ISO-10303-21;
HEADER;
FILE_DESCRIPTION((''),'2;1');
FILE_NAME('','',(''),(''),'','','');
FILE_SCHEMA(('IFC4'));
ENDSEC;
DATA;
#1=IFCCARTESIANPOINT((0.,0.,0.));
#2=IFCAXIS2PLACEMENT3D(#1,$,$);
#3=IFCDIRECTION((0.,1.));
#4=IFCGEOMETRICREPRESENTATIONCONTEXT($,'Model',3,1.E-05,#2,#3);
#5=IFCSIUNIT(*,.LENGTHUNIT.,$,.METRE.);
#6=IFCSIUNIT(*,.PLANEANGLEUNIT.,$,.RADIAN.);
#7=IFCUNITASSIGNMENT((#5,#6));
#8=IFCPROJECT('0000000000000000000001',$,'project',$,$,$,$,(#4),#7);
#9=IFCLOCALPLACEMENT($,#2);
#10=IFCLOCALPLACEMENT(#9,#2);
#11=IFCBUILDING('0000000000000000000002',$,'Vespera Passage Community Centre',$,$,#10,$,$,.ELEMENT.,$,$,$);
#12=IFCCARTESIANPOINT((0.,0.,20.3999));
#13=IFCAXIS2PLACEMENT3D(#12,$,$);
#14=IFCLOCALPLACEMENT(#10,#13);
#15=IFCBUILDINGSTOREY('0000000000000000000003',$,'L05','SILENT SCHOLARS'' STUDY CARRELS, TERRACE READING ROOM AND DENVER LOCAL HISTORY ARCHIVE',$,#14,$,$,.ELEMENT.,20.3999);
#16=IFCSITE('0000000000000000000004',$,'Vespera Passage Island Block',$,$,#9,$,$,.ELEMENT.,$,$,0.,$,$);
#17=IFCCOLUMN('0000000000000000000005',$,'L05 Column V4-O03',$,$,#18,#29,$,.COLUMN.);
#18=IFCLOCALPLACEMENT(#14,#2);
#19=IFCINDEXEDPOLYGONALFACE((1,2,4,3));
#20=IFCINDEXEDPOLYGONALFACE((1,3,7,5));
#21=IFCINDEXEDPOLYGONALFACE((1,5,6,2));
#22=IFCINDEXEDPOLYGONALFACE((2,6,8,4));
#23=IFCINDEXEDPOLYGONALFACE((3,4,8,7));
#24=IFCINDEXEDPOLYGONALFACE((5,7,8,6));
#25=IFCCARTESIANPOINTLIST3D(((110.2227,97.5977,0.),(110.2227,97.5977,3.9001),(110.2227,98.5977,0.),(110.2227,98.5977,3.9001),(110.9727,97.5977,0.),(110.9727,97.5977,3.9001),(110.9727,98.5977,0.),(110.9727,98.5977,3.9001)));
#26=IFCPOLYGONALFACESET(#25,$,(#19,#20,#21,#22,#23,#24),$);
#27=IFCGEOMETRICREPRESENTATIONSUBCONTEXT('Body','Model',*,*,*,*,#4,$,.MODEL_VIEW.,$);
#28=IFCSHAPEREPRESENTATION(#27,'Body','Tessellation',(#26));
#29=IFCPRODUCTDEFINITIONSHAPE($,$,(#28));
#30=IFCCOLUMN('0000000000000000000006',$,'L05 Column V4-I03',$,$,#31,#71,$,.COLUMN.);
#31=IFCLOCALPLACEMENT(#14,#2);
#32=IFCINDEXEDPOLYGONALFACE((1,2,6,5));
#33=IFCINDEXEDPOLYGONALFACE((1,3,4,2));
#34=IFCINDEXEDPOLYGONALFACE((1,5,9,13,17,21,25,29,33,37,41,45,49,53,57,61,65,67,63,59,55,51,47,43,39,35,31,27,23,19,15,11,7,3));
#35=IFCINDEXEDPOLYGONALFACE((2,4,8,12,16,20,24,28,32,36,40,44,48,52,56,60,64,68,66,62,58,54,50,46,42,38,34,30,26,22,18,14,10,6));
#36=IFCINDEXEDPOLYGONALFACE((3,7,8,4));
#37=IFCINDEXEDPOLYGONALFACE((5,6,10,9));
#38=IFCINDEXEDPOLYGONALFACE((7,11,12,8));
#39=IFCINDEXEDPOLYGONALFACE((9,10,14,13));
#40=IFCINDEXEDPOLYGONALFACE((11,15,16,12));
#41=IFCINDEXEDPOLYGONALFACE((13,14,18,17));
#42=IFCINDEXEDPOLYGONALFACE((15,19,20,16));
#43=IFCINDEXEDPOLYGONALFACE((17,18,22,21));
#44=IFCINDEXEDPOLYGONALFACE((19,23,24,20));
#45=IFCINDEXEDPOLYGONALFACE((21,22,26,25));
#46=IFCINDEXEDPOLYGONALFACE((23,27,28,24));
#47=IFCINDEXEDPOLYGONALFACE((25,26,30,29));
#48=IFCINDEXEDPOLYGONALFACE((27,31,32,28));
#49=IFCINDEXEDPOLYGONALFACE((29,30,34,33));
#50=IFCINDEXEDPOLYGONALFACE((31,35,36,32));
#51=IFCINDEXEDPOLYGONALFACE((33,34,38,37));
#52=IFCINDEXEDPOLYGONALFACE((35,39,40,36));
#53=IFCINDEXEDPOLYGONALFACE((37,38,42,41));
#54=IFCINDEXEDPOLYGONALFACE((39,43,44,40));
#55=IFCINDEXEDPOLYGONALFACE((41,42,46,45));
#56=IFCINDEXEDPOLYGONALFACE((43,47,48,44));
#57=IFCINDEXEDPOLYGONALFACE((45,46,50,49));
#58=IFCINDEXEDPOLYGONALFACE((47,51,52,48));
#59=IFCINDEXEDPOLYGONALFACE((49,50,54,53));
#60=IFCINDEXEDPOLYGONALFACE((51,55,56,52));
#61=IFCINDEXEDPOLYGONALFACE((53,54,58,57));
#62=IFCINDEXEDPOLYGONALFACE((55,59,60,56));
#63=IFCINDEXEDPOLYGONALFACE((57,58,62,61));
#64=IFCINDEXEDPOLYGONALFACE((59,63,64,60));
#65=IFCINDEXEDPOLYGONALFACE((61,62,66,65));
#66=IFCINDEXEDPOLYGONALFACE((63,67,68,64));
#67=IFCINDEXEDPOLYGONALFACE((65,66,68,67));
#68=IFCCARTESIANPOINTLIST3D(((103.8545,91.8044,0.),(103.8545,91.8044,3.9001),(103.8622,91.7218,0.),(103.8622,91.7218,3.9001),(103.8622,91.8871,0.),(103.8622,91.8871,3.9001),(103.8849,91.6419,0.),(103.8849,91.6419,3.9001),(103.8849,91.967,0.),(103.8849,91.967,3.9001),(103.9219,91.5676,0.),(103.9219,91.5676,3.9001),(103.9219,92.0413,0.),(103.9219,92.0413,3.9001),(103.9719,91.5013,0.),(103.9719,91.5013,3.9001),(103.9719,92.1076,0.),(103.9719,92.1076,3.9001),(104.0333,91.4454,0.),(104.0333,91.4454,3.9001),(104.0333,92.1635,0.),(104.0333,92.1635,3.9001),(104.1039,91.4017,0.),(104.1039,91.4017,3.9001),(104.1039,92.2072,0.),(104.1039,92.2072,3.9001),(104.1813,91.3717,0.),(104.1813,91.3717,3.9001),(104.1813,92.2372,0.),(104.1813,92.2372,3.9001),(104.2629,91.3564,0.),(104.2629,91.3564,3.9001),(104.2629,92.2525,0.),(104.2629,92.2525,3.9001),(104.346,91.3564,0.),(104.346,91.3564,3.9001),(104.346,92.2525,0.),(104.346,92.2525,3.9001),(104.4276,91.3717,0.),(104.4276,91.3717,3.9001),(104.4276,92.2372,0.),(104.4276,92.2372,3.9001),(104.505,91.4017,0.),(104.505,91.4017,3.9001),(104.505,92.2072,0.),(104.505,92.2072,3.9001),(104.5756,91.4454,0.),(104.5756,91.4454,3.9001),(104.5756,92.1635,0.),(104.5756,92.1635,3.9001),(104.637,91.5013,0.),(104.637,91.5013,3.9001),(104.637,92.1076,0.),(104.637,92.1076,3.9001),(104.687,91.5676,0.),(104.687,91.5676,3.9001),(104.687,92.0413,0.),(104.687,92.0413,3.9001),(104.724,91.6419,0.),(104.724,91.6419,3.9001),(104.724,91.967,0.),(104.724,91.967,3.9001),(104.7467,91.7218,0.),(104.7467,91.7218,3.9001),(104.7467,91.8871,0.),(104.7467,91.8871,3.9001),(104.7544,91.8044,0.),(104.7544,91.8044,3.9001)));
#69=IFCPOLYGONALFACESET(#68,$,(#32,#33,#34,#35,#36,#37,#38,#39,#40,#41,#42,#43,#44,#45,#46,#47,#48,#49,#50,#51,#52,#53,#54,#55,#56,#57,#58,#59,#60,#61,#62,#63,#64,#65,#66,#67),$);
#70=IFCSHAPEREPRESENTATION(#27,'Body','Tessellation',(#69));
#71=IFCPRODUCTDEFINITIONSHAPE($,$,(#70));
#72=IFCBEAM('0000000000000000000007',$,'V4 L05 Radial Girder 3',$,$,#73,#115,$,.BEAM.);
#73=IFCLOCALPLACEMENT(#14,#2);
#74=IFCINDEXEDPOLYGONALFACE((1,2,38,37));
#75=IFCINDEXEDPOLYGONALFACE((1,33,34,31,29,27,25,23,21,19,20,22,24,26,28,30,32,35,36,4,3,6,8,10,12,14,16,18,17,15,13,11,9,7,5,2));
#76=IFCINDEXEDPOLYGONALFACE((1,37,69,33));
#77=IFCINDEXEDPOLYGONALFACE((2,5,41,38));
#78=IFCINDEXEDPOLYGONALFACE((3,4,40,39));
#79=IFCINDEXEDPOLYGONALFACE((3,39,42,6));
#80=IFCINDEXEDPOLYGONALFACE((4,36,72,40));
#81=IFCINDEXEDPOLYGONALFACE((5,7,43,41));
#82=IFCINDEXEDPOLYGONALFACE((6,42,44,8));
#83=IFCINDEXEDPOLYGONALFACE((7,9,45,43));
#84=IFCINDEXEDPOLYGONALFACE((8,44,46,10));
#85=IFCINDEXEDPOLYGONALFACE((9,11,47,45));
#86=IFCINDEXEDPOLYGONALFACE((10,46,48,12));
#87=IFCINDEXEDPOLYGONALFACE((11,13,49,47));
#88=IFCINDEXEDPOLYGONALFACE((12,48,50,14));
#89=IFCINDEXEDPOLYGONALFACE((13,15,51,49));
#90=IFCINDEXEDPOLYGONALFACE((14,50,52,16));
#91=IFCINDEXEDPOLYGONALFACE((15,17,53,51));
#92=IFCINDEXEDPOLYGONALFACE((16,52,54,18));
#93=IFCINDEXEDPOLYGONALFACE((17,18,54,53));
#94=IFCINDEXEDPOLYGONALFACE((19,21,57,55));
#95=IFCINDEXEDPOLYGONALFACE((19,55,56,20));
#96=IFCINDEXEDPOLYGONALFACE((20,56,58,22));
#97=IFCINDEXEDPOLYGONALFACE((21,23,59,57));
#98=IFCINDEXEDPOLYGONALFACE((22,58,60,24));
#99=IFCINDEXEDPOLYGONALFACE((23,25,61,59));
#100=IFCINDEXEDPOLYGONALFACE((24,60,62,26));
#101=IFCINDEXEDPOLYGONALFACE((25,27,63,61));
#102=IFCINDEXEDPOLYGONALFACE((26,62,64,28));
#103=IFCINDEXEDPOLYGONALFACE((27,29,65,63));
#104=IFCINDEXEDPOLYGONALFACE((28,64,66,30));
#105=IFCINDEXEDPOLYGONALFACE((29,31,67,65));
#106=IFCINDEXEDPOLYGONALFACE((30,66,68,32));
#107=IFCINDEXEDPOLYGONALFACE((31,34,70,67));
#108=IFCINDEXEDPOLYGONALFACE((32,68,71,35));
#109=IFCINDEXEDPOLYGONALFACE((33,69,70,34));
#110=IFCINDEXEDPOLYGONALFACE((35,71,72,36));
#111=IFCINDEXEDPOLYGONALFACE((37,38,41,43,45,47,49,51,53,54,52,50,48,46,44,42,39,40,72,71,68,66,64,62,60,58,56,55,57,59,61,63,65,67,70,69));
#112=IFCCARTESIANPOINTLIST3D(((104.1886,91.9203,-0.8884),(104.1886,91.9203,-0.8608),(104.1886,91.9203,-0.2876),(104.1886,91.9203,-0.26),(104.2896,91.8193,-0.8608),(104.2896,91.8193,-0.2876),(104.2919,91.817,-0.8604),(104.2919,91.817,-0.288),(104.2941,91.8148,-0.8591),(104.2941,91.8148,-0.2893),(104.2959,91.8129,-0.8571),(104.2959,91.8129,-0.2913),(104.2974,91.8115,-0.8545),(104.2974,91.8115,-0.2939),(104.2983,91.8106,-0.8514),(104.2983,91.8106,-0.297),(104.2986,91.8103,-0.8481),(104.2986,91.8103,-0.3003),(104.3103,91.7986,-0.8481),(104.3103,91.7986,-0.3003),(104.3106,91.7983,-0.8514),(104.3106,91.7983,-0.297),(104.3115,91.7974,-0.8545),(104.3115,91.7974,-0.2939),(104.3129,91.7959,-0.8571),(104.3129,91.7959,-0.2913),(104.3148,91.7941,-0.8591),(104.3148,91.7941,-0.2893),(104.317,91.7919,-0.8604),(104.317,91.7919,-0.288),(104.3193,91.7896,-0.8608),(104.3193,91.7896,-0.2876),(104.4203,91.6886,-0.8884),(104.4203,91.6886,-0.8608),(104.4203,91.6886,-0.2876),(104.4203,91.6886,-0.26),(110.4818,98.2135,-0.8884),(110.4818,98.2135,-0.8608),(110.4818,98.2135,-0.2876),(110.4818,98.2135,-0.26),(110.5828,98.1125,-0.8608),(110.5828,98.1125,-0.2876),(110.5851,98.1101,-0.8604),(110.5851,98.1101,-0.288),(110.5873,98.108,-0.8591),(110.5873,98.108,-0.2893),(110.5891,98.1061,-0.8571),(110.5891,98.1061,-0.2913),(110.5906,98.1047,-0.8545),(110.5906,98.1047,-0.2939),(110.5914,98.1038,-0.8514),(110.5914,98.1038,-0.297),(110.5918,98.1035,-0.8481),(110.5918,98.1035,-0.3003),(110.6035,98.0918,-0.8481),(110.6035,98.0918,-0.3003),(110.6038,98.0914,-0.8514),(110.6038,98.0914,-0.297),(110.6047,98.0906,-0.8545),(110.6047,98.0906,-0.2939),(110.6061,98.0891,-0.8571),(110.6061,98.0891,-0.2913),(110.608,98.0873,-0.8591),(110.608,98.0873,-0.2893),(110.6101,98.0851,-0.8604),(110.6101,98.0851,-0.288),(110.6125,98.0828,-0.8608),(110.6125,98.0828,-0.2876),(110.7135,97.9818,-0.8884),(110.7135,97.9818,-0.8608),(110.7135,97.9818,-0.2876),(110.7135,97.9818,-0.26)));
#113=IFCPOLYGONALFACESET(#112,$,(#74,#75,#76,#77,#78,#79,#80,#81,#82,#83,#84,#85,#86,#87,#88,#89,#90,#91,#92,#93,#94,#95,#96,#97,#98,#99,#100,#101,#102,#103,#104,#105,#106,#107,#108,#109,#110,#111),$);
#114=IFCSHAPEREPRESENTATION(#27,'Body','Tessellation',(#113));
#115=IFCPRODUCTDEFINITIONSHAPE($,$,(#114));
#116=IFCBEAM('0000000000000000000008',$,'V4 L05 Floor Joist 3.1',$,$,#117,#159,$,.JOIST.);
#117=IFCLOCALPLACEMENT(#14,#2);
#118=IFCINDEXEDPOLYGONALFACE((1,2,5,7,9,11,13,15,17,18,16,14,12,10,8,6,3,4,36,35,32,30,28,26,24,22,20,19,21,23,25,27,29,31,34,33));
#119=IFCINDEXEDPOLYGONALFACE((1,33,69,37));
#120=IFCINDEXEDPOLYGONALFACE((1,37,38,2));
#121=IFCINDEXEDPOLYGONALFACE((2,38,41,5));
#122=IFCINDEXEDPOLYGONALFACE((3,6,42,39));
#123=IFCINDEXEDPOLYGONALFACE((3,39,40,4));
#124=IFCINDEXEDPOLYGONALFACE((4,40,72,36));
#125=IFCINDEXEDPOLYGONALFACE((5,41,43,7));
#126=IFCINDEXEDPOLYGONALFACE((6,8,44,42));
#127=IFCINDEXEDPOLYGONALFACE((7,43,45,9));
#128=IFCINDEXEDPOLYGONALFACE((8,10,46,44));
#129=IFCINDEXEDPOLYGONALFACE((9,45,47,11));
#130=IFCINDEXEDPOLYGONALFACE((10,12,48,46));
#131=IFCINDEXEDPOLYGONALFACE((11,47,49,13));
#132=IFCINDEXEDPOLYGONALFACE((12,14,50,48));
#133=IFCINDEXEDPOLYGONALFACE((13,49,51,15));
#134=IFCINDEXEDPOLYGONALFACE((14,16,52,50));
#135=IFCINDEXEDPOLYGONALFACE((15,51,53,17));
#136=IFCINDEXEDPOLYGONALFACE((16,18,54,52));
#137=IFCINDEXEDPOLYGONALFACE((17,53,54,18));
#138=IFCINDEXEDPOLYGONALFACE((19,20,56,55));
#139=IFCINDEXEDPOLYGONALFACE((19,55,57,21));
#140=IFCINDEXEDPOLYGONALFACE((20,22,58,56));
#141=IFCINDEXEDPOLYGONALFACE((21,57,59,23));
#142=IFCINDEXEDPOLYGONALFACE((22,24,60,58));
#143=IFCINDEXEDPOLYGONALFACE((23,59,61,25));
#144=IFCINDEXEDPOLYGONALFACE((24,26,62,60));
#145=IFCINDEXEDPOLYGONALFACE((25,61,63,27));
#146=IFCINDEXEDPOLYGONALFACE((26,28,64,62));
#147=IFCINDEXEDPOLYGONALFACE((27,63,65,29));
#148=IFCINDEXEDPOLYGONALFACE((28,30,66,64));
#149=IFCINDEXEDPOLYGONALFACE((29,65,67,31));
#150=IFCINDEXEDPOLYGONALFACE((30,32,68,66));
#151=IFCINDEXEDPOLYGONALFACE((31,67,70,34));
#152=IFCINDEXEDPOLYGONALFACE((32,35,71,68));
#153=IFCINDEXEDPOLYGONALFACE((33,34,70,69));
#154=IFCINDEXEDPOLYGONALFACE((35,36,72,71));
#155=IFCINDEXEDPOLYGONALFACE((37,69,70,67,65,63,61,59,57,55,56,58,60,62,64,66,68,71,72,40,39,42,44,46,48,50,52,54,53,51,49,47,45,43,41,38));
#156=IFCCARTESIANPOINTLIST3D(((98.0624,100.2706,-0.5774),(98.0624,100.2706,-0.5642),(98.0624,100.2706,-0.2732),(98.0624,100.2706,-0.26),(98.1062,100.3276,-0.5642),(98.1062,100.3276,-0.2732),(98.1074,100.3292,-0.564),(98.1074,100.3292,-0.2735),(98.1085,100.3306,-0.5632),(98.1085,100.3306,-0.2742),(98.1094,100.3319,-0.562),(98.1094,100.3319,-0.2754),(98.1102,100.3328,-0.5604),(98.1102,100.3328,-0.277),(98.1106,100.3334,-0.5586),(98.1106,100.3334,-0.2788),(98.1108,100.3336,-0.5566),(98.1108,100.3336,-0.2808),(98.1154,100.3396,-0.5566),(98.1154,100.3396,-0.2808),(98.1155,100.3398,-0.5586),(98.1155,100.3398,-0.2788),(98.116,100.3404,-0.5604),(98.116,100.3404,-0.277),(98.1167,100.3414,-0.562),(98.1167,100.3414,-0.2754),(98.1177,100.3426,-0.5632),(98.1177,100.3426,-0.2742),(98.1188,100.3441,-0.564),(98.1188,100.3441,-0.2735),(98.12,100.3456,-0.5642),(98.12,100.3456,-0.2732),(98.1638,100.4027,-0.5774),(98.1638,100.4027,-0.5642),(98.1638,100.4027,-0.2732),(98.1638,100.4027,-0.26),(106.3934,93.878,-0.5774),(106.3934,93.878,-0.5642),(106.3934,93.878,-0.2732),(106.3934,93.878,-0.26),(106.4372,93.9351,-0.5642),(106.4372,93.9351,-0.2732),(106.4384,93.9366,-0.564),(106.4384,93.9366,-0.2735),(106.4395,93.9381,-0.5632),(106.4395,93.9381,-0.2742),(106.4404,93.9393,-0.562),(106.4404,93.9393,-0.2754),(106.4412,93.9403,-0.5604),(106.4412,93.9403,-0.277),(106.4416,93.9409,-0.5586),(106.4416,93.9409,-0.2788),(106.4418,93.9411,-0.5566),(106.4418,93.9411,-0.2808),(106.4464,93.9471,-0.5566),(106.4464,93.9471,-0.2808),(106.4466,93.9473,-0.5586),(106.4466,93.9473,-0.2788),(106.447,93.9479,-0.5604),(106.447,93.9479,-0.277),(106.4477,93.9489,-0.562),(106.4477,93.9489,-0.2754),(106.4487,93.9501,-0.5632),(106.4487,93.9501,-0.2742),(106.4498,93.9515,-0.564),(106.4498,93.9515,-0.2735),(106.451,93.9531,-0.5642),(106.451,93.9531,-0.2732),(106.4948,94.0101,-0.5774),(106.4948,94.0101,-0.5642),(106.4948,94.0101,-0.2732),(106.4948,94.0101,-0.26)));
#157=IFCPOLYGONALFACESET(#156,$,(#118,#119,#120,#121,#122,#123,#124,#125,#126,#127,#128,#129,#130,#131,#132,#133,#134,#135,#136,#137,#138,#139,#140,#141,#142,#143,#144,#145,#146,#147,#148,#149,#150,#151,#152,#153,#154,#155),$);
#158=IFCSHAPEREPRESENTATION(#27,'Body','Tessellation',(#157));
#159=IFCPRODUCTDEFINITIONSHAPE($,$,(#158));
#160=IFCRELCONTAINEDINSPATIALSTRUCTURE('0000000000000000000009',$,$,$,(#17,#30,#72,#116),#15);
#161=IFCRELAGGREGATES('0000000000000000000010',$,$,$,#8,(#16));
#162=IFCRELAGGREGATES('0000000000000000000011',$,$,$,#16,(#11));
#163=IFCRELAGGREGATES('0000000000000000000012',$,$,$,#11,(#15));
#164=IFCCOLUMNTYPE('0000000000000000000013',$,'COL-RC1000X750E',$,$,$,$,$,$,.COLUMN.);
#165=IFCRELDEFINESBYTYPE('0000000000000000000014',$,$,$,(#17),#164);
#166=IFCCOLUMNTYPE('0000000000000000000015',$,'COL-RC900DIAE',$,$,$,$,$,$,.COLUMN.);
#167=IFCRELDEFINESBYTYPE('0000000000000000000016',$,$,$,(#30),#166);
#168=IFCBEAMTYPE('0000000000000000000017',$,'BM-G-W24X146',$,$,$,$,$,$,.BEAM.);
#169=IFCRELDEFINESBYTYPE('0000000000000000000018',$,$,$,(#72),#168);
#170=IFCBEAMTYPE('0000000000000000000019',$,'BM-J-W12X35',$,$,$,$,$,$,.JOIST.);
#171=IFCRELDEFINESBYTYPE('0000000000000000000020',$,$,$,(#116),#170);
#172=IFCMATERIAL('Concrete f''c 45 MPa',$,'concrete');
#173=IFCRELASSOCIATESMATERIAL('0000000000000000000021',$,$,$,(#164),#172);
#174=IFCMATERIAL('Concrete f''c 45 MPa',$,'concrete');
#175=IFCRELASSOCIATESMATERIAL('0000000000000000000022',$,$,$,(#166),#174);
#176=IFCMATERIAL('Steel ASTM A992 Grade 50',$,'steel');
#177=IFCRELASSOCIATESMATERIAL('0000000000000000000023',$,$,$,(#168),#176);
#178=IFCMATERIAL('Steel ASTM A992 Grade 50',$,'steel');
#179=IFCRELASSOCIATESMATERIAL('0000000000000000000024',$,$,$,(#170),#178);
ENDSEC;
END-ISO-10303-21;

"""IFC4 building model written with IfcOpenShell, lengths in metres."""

from ifc_helpers import new_model, si_unit, direction, frame, origin, origin_2d, place, context, subcontext, project, spatial, rectangle, circle, i_section, extrude, material, material_profile, profile_set, type_object, element, save


model = new_model("IFC4")

# Units and contexts
model_context = context("Model", 3, precision=1e-05, world=origin(), true_north=direction((0.0, 1.0)))
body_context = subcontext(model_context, "Body", "Model", "MODEL_VIEW")
ifc_project = project(units=[si_unit("LENGTHUNIT", "METRE"), si_unit("PLANEANGLEUNIT", "RADIAN")], contexts=[model_context])

# Site, building, storey
site_placement = place(None, origin())
site = spatial("IfcSite", under=ifc_project, at=site_placement, Name="Vespera Passage Island Block", CompositionType="ELEMENT", RefElevation=0.0)
building_placement = place(site_placement, origin())
building = spatial("IfcBuilding", under=site, at=building_placement, Name="Vespera Passage Community Centre", CompositionType="ELEMENT")
storey_placement = place(building_placement, frame((0.0, 0.0, 20.3999)))
storey = spatial("IfcBuildingStorey", under=building, at=storey_placement, Name="L05", Description="SILENT SCHOLARS' STUDY CARRELS, TERRACE READING ROOM AND DENVER LOCAL HISTORY ARCHIVE", CompositionType="ELEMENT", Elevation=20.3999)

# Columns
ifc_material_1 = material(Name="Concrete f'c 45 MPa", Category="concrete")
ifc_material_profile_1 = material_profile(ifc_material_1, rectangle(XDim=0.75, YDim=1.0, at=origin_2d()), Name="RC1000X750")
ifc_profile_set_1 = profile_set([ifc_material_profile_1], Name="Concrete f'c 45 MPa")
column_type_1 = type_object("IfcColumnType", Name="COL-RC1000X750E", PredefinedType="COLUMN", material=ifc_profile_set_1)
column_1_placement = place(storey_placement, frame((110.5977, 98.0977, 0.0), z_axis=(0.0, 0.0, 1.0), x_axis=(1.0, 0.0, 0.0)))
element("IfcColumn", 1, at=column_1_placement, inside=storey, type_object=column_type_1, Name="L05 Column V4-O03", PredefinedType="COLUMN", context=body_context, shape_type="SweptSolid", body=[
    extrude(rectangle(XDim=0.75, YDim=1.0, at=origin_2d()), origin(), (0.0, 0.0, 1.0), 3.9001),
])
ifc_material_2 = material(Name="Concrete f'c 45 MPa", Category="concrete")
ifc_material_profile_2 = material_profile(ifc_material_2, circle(Radius=0.45, at=origin_2d()), Name="RC900DIA")
ifc_profile_set_2 = profile_set([ifc_material_profile_2], Name="Concrete f'c 45 MPa")
column_type_2 = type_object("IfcColumnType", Name="COL-RC900DIAE", PredefinedType="COLUMN", material=ifc_profile_set_2)
column_2_placement = place(storey_placement, frame((104.3044, 91.8044, 0.0), z_axis=(0.0, 0.0, 1.0), x_axis=(1.0, 0.0, 0.0)))
element("IfcColumn", 2, at=column_2_placement, inside=storey, type_object=column_type_2, Name="L05 Column V4-I03", PredefinedType="COLUMN", context=body_context, shape_type="SweptSolid", body=[
    extrude(circle(Radius=0.45, at=origin_2d()), origin(), (0.0, 0.0, 1.0), 3.9001),
])

# Beams
ifc_material_3 = material(Name="Steel ASTM A992 Grade 50", Category="steel")
ifc_material_profile_3 = material_profile(ifc_material_3, i_section(OverallWidth=0.3276, OverallDepth=0.6284, WebThickness=0.0166, FlangeThickness=0.0276, FilletRadius=0.0127, at=origin_2d()), Name="W24X146")
ifc_profile_set_3 = profile_set([ifc_material_profile_3], Name="Steel ASTM A992 Grade 50")
beam_type_1 = type_object("IfcBeamType", Name="BM-G-W24X146", PredefinedType="BEAM", material=ifc_profile_set_3)
beam_1_placement = place(storey_placement, frame((104.3044, 91.8044, -0.5742), z_axis=(0.707107, 0.707107, 0.0), x_axis=(-0.707107, 0.707107, 0.0)))
element("IfcBeam", 3, at=beam_1_placement, inside=storey, type_object=beam_type_1, Name="V4 L05 Radial Girder 3", PredefinedType="BEAM", context=body_context, shape_type="SweptSolid", body=[
    extrude(i_section(OverallWidth=0.3276, OverallDepth=0.6284, WebThickness=0.0166, FlangeThickness=0.0276, FilletRadius=0.0127, at=origin_2d()), origin(), (0.0, 0.0, 1.0), 8.8999),
])
ifc_material_4 = material(Name="Steel ASTM A992 Grade 50", Category="steel")
ifc_material_profile_4 = material_profile(ifc_material_4, i_section(OverallWidth=0.1665, OverallDepth=0.3174, WebThickness=0.0076, FlangeThickness=0.0132, FilletRadius=0.0076, at=origin_2d()), Name="W12X35")
ifc_profile_set_4 = profile_set([ifc_material_profile_4], Name="Steel ASTM A992 Grade 50")
beam_type_2 = type_object("IfcBeamType", Name="BM-J-W12X35", PredefinedType="JOIST", material=ifc_profile_set_4)
beam_2_placement = place(storey_placement, frame((106.4441, 93.9441, -0.4187), z_axis=(-0.793356, 0.608758, 0.0), x_axis=(-0.608758, -0.793356, 0.0)))
element("IfcBeam", 4, at=beam_2_placement, inside=storey, type_object=beam_type_2, Name="V4 L05 Floor Joist 3.1", PredefinedType="JOIST", context=body_context, shape_type="SweptSolid", body=[
    extrude(i_section(OverallWidth=0.1665, OverallDepth=0.3174, WebThickness=0.0076, FlangeThickness=0.0132, FilletRadius=0.0076, at=origin_2d()), origin(), (0.0, 0.0, 1.0), 10.501),
])

save(model, "model.ifc")
